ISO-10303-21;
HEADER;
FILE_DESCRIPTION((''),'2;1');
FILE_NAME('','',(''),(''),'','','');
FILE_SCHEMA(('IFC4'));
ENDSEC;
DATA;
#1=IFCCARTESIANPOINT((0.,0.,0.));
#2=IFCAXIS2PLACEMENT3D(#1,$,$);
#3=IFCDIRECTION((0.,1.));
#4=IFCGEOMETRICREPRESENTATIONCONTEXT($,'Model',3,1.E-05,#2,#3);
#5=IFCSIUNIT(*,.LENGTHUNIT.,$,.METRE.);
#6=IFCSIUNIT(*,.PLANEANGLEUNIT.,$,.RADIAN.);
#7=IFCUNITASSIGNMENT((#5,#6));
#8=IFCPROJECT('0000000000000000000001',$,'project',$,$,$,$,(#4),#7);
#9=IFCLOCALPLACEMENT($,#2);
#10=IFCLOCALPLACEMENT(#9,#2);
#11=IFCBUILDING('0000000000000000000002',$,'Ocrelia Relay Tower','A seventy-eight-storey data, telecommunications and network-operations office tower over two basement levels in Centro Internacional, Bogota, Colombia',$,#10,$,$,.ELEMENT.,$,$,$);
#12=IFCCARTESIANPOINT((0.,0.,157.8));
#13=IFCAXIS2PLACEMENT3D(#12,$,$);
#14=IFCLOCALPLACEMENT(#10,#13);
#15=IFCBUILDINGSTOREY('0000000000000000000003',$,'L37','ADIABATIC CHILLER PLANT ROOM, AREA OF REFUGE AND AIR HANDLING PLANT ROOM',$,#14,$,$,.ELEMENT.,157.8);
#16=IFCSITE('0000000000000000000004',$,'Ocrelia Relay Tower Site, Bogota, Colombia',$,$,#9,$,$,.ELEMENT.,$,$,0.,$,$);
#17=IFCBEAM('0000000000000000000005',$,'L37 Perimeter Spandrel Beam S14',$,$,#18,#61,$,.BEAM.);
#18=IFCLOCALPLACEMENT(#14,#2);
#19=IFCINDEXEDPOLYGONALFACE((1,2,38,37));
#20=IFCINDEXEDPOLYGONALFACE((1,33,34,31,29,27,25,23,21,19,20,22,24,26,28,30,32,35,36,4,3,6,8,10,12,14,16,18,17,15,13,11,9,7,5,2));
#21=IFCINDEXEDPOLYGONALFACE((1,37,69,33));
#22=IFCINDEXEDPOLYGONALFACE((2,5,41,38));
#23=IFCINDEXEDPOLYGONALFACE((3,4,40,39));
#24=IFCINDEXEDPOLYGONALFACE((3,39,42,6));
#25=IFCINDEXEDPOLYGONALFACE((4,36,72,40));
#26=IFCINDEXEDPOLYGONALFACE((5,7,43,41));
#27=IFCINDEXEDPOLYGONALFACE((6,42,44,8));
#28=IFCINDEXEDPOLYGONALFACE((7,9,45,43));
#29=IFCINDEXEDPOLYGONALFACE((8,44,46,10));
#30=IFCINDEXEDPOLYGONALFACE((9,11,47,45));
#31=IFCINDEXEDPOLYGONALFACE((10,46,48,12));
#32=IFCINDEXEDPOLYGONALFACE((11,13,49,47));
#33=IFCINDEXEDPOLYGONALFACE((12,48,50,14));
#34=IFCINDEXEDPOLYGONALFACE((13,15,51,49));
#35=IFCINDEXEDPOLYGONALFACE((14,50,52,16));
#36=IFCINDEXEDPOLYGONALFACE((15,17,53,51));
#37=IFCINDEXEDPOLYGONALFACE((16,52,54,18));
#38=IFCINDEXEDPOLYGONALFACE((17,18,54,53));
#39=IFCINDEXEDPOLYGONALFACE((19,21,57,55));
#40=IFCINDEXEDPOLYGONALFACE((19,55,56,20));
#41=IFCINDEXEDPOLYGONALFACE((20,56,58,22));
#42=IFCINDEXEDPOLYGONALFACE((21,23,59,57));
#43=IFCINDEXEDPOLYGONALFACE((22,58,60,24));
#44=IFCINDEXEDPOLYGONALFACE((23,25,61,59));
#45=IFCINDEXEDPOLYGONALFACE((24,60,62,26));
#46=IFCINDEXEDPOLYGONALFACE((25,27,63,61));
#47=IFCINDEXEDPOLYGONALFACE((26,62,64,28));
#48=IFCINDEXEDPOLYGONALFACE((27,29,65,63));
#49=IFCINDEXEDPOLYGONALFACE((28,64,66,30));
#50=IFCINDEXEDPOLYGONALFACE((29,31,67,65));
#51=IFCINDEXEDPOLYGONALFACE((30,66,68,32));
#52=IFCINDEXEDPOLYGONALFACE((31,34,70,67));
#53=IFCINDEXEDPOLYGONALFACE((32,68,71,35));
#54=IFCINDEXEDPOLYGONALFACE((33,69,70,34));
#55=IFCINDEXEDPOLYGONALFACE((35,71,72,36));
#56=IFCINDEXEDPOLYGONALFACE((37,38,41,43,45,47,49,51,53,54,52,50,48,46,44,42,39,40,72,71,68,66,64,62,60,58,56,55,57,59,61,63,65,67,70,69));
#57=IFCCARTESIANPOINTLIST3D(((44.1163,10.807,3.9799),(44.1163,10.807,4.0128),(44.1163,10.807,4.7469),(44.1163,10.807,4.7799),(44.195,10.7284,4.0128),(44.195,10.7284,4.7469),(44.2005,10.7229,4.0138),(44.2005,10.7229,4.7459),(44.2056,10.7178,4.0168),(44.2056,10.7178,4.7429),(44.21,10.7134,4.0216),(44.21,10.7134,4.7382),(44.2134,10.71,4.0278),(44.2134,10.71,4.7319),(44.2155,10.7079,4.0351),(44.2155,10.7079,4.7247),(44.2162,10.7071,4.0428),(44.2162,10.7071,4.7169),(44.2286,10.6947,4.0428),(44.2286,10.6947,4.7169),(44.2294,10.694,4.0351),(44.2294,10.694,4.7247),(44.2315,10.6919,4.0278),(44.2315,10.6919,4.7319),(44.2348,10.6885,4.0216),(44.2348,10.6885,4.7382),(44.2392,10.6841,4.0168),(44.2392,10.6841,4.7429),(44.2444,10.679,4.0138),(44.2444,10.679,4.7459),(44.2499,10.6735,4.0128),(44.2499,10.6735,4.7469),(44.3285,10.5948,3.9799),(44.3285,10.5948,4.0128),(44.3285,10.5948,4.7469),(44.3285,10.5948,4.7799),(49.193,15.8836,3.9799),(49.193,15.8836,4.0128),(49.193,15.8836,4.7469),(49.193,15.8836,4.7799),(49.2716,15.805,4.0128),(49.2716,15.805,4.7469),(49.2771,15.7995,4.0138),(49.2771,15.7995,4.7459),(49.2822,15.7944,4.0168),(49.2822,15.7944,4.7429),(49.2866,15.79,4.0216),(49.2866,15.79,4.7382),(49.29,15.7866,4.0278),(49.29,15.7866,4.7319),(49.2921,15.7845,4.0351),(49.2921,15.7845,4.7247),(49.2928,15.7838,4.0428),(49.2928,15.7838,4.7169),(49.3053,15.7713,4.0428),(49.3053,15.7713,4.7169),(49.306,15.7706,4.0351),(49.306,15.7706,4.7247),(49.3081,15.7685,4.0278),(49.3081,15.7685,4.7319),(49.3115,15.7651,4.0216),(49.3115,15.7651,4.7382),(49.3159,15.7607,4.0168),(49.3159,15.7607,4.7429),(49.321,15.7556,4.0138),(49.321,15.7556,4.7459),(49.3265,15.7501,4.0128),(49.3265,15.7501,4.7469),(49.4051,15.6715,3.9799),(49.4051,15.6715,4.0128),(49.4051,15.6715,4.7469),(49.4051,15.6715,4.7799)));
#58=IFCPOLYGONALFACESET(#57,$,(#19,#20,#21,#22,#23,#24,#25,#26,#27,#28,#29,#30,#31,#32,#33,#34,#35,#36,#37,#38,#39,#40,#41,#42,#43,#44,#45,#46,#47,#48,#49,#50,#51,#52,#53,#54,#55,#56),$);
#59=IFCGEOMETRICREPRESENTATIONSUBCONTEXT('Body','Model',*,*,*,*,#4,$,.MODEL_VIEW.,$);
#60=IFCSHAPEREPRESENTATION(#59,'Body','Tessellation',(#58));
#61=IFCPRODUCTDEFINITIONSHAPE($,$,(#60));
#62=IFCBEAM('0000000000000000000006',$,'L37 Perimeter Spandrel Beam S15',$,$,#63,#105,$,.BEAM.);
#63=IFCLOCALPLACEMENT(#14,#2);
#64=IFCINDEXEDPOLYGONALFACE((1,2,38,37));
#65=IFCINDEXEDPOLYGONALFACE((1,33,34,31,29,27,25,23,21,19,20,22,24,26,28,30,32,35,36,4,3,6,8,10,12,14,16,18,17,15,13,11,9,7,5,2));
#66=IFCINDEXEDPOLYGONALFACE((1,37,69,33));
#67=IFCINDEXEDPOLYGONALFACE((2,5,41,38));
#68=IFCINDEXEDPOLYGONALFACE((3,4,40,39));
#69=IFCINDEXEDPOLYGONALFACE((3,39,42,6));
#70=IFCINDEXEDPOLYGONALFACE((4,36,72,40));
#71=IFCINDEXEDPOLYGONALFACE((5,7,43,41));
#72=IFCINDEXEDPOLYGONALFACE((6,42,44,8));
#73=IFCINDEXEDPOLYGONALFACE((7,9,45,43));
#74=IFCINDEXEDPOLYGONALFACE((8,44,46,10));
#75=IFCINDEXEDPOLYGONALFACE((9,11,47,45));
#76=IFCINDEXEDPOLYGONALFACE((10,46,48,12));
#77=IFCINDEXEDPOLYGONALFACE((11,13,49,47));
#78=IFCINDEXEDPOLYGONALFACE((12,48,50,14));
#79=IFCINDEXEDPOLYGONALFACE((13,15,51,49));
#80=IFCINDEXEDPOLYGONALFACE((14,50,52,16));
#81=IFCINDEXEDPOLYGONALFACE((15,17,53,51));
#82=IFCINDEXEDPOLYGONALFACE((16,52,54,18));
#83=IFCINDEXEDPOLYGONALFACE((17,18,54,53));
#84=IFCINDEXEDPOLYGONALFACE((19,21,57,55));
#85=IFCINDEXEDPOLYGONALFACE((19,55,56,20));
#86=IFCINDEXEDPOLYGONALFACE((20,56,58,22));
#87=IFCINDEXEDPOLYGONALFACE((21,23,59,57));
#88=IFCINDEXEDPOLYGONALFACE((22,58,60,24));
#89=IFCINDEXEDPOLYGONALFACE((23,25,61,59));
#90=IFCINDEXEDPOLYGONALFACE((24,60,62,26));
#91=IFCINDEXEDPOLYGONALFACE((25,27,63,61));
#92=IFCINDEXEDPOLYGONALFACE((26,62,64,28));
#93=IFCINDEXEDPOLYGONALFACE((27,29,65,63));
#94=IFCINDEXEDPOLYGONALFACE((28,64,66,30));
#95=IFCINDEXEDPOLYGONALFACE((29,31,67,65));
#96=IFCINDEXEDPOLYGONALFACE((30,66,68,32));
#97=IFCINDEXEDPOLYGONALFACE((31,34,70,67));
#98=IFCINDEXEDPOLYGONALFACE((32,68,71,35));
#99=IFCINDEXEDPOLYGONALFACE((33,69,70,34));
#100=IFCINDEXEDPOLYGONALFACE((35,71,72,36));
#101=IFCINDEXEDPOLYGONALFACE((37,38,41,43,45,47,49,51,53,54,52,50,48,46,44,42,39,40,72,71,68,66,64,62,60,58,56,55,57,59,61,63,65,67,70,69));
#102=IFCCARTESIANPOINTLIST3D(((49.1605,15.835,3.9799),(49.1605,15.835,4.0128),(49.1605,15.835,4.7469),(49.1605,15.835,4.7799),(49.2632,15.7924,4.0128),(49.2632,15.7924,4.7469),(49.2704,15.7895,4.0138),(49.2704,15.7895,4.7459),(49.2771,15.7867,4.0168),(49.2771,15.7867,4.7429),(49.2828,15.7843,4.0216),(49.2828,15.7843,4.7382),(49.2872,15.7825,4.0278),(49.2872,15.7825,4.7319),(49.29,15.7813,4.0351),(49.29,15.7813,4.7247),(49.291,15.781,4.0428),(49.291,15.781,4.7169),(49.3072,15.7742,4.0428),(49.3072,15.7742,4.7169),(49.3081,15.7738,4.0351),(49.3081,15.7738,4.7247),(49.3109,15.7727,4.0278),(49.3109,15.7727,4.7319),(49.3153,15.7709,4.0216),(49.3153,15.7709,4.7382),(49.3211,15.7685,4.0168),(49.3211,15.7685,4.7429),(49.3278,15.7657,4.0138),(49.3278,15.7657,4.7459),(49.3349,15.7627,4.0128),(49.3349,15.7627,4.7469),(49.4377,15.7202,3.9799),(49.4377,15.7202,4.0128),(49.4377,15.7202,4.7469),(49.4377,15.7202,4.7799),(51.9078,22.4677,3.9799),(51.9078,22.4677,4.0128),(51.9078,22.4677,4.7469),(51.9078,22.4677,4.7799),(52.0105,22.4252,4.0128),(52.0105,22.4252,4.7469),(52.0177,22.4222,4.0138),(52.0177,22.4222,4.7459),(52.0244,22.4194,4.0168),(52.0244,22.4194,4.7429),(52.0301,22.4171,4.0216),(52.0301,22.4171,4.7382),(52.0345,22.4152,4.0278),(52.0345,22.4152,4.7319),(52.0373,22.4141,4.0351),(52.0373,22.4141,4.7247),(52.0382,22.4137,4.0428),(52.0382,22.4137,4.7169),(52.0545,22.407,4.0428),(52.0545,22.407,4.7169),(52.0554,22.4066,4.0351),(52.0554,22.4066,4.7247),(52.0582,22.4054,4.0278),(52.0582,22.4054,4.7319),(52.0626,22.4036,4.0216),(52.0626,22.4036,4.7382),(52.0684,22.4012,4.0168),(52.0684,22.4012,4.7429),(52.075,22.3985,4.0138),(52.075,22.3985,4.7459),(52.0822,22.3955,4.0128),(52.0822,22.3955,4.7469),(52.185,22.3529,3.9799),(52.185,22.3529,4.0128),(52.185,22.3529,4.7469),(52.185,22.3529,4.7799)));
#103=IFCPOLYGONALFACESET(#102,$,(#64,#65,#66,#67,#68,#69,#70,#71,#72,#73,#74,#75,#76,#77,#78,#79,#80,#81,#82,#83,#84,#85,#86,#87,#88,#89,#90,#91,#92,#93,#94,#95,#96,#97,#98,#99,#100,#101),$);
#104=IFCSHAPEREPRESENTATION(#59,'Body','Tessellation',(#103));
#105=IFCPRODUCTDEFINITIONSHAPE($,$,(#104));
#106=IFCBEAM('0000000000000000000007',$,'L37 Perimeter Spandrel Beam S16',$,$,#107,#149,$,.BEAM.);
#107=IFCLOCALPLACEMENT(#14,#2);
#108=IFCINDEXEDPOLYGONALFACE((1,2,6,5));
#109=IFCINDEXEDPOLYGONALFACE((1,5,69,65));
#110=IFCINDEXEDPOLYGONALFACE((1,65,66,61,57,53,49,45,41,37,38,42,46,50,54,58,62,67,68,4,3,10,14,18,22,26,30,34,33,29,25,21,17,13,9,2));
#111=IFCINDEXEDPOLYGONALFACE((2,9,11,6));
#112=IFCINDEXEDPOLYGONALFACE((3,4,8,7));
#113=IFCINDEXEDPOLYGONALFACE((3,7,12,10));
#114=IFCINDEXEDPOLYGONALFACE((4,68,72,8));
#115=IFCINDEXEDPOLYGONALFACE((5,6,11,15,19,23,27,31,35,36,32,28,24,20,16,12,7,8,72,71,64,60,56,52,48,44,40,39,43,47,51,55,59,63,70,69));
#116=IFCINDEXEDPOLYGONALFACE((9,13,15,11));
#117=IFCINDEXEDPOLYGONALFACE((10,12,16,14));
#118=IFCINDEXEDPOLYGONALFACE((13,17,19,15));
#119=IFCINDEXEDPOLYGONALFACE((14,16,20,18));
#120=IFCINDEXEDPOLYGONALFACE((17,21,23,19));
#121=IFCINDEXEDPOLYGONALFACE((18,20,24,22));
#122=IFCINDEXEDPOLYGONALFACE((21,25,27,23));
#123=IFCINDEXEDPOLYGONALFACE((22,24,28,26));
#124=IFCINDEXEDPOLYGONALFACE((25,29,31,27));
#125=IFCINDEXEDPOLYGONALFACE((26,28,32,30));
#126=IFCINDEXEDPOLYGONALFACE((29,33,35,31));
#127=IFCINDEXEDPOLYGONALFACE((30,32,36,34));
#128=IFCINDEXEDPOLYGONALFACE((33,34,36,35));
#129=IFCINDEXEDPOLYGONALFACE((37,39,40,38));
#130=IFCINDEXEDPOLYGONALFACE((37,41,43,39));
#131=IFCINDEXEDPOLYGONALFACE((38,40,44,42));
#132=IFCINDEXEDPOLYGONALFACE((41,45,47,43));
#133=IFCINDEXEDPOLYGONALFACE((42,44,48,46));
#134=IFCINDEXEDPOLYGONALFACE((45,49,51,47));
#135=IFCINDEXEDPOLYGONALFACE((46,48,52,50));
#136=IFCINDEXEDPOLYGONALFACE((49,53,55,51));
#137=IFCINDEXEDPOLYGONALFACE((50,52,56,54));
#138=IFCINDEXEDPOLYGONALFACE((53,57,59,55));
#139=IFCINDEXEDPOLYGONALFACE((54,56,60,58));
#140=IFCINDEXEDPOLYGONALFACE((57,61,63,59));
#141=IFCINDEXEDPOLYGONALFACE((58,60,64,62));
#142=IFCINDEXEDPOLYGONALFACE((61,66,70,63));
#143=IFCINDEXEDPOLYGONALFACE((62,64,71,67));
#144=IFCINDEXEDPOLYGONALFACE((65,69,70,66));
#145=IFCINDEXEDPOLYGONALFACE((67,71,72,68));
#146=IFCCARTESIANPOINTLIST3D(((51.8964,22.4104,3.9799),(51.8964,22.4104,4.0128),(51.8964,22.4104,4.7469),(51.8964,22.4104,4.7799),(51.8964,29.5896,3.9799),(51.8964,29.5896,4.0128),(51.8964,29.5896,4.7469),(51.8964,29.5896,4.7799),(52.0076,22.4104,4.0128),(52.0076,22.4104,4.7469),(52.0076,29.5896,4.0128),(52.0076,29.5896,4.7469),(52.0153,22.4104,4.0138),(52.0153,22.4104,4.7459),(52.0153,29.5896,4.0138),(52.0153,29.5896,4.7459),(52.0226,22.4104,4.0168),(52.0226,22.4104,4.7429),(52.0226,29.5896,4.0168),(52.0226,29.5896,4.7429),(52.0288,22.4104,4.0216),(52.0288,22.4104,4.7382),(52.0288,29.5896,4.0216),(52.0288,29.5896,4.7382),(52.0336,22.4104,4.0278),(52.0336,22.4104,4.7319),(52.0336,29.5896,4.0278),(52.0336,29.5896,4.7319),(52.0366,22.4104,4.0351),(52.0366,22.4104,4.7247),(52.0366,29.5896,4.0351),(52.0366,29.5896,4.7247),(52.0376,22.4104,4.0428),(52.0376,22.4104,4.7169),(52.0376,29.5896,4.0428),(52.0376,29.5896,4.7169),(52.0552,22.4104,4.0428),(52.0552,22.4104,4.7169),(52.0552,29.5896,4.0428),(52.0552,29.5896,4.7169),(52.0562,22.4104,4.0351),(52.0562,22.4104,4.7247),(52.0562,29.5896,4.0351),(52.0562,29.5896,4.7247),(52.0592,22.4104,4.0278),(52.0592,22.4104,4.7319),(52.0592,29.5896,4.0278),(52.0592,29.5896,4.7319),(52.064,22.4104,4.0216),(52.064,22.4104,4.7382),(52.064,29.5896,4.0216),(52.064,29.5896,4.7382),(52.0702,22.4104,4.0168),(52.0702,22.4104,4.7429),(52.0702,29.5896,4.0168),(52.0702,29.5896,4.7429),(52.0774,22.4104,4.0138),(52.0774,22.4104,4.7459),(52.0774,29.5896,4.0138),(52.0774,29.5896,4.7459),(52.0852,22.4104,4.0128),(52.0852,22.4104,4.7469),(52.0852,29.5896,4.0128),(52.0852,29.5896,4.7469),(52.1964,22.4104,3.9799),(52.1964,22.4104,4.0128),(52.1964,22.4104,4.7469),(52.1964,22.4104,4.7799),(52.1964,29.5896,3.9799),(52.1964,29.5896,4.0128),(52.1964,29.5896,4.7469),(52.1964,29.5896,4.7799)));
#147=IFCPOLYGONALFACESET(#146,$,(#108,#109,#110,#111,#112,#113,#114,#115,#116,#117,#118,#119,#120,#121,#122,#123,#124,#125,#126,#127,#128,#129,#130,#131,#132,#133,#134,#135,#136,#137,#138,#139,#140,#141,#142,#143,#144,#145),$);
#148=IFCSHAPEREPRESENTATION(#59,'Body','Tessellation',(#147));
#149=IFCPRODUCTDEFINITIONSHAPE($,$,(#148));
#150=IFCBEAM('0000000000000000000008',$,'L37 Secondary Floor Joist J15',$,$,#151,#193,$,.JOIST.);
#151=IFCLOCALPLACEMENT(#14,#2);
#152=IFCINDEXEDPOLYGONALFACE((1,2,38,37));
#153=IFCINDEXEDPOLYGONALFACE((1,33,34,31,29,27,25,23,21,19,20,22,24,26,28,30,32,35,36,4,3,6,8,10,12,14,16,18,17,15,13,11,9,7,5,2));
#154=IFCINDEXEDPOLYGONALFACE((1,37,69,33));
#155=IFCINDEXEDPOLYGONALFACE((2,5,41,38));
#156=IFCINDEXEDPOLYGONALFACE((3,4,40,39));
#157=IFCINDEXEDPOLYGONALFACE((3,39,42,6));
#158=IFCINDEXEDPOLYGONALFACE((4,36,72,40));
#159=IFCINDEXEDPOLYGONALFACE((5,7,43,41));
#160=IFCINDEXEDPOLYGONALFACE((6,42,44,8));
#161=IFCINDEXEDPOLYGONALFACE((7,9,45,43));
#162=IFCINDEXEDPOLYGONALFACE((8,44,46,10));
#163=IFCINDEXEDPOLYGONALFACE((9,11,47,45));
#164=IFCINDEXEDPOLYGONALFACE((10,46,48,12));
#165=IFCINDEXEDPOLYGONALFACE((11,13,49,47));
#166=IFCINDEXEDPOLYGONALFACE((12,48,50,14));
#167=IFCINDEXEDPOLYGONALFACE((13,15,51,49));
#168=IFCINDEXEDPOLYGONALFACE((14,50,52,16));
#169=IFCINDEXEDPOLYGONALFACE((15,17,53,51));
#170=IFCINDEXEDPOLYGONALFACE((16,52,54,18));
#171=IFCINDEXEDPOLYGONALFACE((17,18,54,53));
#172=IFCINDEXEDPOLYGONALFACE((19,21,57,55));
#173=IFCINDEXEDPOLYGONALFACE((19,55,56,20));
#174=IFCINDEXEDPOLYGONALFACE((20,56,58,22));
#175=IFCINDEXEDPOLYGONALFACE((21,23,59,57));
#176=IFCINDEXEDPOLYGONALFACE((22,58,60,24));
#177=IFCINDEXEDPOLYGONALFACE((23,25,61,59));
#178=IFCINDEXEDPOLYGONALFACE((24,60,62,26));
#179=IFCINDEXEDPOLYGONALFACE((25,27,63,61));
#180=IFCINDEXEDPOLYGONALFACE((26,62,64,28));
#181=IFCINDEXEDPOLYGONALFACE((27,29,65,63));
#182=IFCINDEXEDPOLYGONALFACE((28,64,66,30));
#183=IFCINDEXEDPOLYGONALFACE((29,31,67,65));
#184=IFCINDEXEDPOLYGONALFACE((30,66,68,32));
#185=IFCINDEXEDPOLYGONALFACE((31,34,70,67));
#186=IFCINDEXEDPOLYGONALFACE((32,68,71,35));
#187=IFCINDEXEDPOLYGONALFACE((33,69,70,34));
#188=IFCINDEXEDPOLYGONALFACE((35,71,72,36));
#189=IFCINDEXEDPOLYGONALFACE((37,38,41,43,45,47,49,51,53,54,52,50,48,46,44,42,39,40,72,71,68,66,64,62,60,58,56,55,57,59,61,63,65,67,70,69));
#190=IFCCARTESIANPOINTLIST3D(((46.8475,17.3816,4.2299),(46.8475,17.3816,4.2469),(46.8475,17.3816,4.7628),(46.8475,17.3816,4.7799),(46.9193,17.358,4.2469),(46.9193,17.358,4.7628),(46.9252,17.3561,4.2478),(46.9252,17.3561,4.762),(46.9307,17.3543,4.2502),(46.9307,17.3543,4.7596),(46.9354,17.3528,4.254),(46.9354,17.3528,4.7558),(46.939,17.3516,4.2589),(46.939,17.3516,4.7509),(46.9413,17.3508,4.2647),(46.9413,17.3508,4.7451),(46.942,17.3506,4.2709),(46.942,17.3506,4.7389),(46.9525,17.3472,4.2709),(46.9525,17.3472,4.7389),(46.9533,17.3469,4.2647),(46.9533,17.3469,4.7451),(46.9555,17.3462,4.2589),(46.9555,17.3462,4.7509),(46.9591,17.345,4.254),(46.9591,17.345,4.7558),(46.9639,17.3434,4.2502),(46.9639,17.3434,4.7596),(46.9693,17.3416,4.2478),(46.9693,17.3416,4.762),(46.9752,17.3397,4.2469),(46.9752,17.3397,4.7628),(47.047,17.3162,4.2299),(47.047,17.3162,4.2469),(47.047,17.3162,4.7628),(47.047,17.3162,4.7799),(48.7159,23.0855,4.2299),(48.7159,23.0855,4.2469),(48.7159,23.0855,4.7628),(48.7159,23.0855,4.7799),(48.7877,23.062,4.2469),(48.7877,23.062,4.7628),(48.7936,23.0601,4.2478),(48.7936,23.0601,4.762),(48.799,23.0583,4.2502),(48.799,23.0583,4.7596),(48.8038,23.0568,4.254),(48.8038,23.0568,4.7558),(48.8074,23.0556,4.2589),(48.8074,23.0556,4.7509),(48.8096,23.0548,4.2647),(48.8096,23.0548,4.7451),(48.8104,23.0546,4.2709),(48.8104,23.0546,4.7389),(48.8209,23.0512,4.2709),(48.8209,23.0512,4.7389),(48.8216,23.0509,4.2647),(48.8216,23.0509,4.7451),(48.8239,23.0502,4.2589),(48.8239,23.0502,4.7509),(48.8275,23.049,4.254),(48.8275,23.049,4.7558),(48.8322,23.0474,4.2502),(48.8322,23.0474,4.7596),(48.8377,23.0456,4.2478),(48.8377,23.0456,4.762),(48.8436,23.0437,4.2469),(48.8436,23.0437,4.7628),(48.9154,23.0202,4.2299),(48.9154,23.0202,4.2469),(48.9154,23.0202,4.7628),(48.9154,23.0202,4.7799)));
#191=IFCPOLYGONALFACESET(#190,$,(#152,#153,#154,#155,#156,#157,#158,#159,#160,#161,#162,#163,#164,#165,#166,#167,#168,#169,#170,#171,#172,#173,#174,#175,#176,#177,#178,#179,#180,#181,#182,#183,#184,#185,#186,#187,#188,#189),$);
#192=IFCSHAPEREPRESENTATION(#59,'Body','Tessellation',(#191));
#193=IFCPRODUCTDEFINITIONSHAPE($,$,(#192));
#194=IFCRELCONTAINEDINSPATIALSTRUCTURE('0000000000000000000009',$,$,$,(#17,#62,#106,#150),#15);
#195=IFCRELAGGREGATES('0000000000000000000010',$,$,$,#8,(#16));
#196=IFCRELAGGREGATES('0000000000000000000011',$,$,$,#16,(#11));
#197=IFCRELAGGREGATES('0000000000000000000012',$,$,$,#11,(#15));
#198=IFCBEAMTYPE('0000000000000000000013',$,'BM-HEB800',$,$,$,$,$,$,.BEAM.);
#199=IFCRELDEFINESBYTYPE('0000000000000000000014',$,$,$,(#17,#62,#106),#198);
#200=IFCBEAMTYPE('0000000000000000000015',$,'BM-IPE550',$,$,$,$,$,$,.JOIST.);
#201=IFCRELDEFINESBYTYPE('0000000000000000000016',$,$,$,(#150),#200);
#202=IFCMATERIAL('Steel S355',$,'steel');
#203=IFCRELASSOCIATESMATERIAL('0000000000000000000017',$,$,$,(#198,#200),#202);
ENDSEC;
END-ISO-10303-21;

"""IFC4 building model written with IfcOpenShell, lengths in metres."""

from ifc_helpers import new_model, si_unit, direction, frame, origin, origin_2d, place, context, subcontext, project, spatial, i_section, extrude, material, material_profile, profile_set, type_object, element, save


model = new_model("IFC4")

# Units and contexts
model_context = context("Model", 3, precision=1e-05, world=origin(), true_north=direction((0.0, 1.0)))
body_context = subcontext(model_context, "Body", "Model", "MODEL_VIEW")
ifc_project = project(units=[si_unit("LENGTHUNIT", "METRE"), si_unit("PLANEANGLEUNIT", "RADIAN")], contexts=[model_context])

# Site, building, storey
site_placement = place(None, origin())
site = spatial("IfcSite", under=ifc_project, at=site_placement, Name="Ocrelia Relay Tower Site, Bogota, Colombia", CompositionType="ELEMENT", RefElevation=0.0)
building_placement = place(site_placement, origin())
building = spatial("IfcBuilding", under=site, at=building_placement, Name="Ocrelia Relay Tower", Description="A seventy-eight-storey data, telecommunications and network-operations office tower over two basement levels in Centro Internacional, Bogota, Colombia", CompositionType="ELEMENT")
storey_placement = place(building_placement, frame((0.0, 0.0, 157.8)))
storey = spatial("IfcBuildingStorey", under=building, at=storey_placement, Name="L37", Description="ADIABATIC CHILLER PLANT ROOM, AREA OF REFUGE AND AIR HANDLING PLANT ROOM", CompositionType="ELEMENT", Elevation=157.8)

# Beams
ifc_material_1 = material(Name="Steel S355", Category="steel")
ifc_material_profile_1 = material_profile(ifc_material_1, i_section(OverallWidth=0.3, OverallDepth=0.8, WebThickness=0.0176, FlangeThickness=0.033, FilletRadius=0.03, at=origin_2d()), Name="HEB 800")
ifc_profile_set_1 = profile_set([ifc_material_profile_1], Name="Steel S355")
beam_type_1 = type_object("IfcBeamType", Name="BM-HEB800", PredefinedType="BEAM", material=ifc_profile_set_1)
beam_1_placement = place(storey_placement, frame((44.2224, 10.7009, 4.3799), z_axis=(0.707107, 0.707107, 0.0), x_axis=(-0.707107, 0.707107, 0.0)))
element("IfcBeam", 1, at=beam_1_placement, inside=storey, type_object=beam_type_1, Name="L37 Perimeter Spandrel Beam S14", PredefinedType="BEAM", context=body_context, shape_type="SweptSolid", body=[
    extrude(i_section(OverallWidth=0.3, OverallDepth=0.8, WebThickness=0.0176, FlangeThickness=0.033, FilletRadius=0.03, at=origin_2d()), origin(), (0.0, 0.0, 1.0), 7.1794),
])
for number, where, z_axis, x_axis, name in (
    (2, (49.2991, 15.7776, 4.3799), (0.382673, 0.923884, 0.0), (-0.923884, 0.382673, 0.0), "L37 Perimeter Spandrel Beam S15"),
    (3, (52.0464, 22.4104, 4.3799), (0.0, 1.0, 0.0), (-1.0, 0.0, 0.0), "L37 Perimeter Spandrel Beam S16"),
):
    element("IfcBeam", number, at=place(storey_placement, frame(where, z_axis=z_axis, x_axis=x_axis)), inside=storey, type_object=beam_type_1, Name=name, PredefinedType="BEAM", context=body_context, shape_type="SweptSolid", body=[
        extrude(i_section(OverallWidth=0.3, OverallDepth=0.8, WebThickness=0.0176, FlangeThickness=0.033, FilletRadius=0.03, at=origin_2d()), origin(), (0.0, 0.0, 1.0), 7.1792),
    ])
ifc_material_profile_2 = material_profile(ifc_material_1, i_section(OverallWidth=0.21, OverallDepth=0.55, WebThickness=0.011, FlangeThickness=0.0171, FilletRadius=0.0239, at=origin_2d()), Name="IPE 550")
ifc_profile_set_2 = profile_set([ifc_material_profile_2], Name="Steel S355")
beam_type_2 = type_object("IfcBeamType", Name="BM-IPE550", PredefinedType="JOIST", material=ifc_profile_set_2)
beam_2_placement = place(storey_placement, frame((46.9473, 17.3489, 4.5049), z_axis=(0.311282, 0.950318, 0.0), x_axis=(-0.950318, 0.311282, 0.0)))
element("IfcBeam", 4, at=beam_2_placement, inside=storey, type_object=beam_type_2, Name="L37 Secondary Floor Joist J15", PredefinedType="JOIST", context=body_context, shape_type="SweptSolid", body=[
    extrude(i_section(OverallWidth=0.21, OverallDepth=0.55, WebThickness=0.011, FlangeThickness=0.0171, FilletRadius=0.0239, at=origin_2d()), origin(), (0.0, 0.0, 1.0), 6.0022),
])

save(model, "model.ifc")
